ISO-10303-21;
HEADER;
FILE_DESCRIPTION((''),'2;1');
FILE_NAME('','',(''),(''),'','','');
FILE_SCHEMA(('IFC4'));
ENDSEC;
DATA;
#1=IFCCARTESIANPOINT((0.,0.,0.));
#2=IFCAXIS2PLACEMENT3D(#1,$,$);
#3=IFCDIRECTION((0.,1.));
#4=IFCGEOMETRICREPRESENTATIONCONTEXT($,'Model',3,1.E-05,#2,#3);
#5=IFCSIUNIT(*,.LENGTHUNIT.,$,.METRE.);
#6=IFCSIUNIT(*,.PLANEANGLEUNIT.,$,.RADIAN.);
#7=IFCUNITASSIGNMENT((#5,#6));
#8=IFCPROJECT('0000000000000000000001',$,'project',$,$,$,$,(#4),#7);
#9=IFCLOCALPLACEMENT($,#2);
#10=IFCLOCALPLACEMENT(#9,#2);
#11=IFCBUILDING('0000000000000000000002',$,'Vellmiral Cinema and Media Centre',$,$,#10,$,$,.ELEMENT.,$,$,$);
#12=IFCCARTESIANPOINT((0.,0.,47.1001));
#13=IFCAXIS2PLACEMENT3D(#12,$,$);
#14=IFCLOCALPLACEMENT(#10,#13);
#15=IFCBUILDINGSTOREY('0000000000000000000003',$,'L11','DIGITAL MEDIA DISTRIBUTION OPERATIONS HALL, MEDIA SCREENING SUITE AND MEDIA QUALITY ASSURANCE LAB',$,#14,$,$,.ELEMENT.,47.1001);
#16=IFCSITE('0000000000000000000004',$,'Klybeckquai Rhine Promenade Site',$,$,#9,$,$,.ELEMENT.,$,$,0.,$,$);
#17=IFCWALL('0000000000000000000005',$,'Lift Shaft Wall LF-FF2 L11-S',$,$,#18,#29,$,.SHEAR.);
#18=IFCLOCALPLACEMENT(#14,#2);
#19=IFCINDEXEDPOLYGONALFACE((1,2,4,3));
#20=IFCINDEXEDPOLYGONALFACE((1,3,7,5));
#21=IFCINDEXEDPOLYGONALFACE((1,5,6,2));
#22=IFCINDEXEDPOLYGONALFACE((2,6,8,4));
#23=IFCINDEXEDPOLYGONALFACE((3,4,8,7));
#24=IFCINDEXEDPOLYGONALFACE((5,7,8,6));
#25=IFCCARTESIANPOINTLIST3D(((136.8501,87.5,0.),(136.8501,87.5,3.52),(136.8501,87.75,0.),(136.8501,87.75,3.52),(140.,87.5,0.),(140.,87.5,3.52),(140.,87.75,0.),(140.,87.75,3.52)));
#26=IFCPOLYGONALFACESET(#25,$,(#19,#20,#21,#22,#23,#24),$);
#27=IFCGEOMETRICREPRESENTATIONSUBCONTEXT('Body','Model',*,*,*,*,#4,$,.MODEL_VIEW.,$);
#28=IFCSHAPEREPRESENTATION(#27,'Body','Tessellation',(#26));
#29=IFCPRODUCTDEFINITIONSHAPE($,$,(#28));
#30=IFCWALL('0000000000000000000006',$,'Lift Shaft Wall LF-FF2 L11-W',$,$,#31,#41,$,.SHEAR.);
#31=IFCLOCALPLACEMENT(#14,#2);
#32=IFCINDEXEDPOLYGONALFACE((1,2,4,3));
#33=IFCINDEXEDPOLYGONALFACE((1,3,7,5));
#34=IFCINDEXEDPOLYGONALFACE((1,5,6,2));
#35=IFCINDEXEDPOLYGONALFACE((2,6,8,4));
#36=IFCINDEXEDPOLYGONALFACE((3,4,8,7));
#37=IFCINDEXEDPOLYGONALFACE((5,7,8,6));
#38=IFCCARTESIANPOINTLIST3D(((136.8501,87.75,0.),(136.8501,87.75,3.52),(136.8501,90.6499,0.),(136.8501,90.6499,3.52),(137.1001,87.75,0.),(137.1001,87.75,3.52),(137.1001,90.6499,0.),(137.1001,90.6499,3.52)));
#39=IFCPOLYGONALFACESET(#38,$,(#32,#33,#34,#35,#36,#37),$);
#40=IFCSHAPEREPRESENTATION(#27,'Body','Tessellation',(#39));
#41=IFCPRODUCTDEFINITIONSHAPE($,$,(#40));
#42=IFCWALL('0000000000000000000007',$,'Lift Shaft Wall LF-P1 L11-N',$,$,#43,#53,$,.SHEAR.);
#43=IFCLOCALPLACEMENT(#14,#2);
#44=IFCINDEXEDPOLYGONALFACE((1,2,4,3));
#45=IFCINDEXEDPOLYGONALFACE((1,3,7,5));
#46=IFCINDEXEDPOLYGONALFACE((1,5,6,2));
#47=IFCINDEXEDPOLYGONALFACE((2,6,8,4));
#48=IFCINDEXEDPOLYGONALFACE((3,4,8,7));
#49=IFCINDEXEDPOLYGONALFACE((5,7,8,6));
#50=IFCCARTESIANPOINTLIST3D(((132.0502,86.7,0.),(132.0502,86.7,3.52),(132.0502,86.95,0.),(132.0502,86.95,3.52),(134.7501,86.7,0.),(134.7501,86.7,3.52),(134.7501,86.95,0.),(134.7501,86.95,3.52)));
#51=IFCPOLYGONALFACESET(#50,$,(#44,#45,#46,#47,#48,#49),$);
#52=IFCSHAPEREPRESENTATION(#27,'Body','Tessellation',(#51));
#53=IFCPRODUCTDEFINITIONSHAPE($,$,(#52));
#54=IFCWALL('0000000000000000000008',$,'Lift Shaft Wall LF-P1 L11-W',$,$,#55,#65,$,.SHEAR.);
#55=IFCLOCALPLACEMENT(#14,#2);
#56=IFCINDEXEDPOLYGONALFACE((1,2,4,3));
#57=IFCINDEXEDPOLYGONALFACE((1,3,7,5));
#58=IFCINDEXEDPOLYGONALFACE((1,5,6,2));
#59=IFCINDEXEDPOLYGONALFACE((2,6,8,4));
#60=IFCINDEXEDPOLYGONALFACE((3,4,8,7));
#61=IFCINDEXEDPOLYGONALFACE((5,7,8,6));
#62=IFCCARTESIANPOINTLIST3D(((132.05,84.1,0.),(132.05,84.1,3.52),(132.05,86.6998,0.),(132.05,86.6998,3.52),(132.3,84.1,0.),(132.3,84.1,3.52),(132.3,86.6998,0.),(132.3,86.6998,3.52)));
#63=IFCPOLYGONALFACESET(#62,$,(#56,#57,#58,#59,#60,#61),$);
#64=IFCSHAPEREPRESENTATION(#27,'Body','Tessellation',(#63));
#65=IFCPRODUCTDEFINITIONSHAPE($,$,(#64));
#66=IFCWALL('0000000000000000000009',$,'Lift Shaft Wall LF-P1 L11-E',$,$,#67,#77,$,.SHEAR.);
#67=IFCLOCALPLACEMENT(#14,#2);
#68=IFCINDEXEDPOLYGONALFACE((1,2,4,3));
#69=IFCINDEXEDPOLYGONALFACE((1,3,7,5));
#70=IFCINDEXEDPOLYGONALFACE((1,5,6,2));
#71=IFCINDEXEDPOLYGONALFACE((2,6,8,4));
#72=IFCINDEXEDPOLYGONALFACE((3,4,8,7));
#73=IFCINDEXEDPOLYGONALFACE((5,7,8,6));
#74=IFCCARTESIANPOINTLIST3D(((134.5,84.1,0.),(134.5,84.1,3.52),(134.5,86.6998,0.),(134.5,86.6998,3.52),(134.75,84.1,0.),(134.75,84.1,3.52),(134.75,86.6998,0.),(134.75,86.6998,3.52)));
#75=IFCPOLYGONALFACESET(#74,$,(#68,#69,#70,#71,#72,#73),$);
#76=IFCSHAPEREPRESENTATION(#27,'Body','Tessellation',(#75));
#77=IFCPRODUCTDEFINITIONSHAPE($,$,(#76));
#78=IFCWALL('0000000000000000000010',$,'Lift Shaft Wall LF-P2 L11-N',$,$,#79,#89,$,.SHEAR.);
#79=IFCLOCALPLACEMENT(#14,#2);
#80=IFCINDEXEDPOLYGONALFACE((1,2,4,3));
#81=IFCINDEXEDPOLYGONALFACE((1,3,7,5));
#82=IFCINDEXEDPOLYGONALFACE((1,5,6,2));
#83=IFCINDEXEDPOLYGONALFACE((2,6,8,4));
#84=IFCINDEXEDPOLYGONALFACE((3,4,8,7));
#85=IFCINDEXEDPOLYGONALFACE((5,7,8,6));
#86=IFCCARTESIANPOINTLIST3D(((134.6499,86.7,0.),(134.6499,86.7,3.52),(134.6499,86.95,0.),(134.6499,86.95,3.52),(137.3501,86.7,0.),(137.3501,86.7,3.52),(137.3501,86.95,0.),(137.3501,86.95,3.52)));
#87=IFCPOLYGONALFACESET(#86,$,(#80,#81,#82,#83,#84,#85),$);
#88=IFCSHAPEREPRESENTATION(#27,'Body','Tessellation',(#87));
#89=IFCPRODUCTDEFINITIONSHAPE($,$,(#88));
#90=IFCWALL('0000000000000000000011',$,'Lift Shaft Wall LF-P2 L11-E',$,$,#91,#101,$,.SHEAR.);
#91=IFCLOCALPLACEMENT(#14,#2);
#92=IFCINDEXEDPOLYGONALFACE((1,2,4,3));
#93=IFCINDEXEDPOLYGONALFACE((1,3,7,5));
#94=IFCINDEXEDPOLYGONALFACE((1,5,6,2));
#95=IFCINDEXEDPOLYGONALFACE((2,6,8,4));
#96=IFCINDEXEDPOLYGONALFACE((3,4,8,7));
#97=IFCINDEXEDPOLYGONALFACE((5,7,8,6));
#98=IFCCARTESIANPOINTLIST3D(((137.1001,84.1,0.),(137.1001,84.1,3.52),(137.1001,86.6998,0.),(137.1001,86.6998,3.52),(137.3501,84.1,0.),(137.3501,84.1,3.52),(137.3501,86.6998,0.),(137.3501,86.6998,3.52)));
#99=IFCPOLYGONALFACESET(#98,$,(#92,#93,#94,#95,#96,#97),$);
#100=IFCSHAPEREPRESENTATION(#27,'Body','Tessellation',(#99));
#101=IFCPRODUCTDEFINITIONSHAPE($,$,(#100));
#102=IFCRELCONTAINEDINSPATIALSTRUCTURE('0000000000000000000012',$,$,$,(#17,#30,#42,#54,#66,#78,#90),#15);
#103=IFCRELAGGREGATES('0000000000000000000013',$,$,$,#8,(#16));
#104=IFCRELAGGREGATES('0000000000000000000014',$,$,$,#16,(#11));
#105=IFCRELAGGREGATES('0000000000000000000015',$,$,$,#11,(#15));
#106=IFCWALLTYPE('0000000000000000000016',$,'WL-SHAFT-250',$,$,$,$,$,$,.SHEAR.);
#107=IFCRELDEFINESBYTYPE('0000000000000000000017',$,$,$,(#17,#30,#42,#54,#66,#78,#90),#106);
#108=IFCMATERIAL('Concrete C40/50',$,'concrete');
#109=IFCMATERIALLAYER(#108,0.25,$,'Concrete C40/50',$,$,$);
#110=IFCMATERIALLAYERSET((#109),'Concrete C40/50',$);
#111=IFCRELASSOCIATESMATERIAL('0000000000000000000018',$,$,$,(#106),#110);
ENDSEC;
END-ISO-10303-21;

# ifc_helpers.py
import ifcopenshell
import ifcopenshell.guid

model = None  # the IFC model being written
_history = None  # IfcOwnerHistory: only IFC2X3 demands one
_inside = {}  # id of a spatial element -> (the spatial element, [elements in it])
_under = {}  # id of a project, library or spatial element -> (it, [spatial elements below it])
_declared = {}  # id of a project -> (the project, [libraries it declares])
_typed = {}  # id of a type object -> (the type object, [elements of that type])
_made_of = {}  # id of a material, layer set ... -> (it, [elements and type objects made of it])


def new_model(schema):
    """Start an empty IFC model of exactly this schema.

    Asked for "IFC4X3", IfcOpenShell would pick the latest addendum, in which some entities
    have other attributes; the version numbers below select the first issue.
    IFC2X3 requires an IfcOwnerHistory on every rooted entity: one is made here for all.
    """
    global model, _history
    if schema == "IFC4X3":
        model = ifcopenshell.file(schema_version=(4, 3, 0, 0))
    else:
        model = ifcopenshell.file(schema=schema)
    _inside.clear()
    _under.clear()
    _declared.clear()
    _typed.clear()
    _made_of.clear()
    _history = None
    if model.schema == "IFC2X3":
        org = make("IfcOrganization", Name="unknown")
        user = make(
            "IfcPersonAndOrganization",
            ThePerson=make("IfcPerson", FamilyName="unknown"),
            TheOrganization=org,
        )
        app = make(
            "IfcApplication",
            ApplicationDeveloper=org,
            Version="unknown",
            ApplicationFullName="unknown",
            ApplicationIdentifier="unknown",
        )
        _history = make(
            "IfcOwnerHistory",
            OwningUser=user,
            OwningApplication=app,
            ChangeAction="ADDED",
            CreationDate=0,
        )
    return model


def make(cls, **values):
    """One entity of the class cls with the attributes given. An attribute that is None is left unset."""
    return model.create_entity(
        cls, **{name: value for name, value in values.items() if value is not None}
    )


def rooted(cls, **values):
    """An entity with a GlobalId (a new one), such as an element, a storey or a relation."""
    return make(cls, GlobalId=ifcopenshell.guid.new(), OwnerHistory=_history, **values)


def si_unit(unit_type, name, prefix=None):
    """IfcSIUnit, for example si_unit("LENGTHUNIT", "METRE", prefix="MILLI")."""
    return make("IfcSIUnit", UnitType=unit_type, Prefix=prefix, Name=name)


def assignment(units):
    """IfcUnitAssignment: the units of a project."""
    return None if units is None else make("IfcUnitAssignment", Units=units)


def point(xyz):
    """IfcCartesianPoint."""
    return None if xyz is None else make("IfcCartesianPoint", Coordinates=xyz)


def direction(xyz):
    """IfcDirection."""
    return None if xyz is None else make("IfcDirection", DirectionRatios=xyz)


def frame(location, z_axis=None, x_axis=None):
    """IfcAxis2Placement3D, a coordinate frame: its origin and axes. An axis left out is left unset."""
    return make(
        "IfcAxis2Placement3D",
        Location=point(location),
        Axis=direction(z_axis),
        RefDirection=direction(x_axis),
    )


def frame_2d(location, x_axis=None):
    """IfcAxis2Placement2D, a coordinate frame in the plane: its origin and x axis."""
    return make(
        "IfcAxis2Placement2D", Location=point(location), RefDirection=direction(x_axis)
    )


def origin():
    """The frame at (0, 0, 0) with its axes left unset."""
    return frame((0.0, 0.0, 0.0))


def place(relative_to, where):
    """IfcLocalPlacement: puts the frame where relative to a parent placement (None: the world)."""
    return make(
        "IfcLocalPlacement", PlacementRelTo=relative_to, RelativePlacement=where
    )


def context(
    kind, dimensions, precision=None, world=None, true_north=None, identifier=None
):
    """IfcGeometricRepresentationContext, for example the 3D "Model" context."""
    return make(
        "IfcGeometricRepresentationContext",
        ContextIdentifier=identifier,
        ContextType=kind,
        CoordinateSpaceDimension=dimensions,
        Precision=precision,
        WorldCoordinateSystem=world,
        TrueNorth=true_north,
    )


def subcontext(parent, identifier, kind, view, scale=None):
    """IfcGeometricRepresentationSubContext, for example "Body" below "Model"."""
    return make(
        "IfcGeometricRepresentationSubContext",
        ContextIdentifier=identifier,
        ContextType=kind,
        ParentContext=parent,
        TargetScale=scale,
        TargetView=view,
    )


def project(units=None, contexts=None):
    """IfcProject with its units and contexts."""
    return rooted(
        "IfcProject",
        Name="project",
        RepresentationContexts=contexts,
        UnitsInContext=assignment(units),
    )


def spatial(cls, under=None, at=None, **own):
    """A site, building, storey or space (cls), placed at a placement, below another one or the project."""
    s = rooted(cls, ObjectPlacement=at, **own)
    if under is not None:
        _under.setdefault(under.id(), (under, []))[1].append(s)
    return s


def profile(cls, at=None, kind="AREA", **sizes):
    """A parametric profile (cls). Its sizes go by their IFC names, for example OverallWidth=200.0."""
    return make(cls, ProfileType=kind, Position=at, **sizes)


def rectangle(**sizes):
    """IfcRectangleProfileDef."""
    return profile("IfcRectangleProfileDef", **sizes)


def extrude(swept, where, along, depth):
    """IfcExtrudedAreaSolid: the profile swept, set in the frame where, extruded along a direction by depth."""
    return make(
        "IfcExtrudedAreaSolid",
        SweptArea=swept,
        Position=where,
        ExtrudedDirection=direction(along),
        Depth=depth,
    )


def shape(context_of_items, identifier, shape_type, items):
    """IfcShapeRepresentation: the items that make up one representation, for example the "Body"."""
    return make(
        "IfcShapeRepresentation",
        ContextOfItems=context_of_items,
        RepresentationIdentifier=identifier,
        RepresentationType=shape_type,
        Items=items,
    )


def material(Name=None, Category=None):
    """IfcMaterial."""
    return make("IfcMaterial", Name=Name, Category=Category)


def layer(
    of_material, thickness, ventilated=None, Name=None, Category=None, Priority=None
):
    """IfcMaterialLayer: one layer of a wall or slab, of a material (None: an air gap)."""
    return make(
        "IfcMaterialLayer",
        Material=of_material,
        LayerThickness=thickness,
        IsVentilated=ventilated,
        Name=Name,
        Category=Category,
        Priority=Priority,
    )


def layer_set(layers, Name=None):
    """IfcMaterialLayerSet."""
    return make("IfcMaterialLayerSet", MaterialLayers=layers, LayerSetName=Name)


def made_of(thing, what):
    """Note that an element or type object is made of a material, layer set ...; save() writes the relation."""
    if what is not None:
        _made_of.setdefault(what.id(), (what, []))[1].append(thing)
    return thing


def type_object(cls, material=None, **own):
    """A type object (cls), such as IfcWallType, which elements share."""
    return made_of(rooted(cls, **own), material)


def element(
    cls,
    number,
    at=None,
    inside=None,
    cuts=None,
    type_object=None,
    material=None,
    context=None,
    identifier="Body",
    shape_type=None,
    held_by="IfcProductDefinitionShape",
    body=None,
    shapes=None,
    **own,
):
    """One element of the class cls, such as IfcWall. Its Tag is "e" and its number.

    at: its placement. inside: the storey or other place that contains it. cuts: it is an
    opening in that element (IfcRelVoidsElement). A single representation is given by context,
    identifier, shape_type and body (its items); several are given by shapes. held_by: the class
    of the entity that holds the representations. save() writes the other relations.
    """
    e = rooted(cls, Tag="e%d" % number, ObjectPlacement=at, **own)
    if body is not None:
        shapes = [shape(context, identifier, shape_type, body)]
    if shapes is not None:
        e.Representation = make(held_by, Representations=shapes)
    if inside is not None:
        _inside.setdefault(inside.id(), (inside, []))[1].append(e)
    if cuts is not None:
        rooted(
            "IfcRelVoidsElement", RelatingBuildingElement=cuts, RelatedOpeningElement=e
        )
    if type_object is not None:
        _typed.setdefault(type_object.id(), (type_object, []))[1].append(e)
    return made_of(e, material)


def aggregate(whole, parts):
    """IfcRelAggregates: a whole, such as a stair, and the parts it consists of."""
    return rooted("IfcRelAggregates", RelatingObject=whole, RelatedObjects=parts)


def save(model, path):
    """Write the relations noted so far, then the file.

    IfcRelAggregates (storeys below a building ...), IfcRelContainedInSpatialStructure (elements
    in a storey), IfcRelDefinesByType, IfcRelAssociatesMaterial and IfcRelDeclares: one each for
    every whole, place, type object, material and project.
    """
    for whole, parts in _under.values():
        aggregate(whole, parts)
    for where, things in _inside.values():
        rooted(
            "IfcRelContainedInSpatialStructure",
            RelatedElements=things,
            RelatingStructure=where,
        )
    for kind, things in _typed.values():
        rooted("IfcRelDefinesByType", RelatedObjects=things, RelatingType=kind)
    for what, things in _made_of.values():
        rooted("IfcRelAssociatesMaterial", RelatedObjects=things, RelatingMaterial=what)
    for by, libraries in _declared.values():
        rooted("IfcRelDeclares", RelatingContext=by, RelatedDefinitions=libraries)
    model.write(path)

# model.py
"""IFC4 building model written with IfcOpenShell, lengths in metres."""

from ifc_helpers import new_model, si_unit, direction, frame, frame_2d, origin, place, context, subcontext, project, spatial, rectangle, extrude, material, layer, layer_set, type_object, element, save


model = new_model("IFC4")

# Units and contexts
model_context = context("Model", 3, precision=1e-05, world=origin(), true_north=direction((0.0, 1.0)))
body_context = subcontext(model_context, "Body", "Model", "MODEL_VIEW")
ifc_project = project(units=[si_unit("LENGTHUNIT", "METRE"), si_unit("PLANEANGLEUNIT", "RADIAN")], contexts=[model_context])

# Site, building, storey
site_placement = place(None, origin())
site = spatial("IfcSite", under=ifc_project, at=site_placement, Name="Klybeckquai Rhine Promenade Site", CompositionType="ELEMENT", RefElevation=0.0)
building_placement = place(site_placement, origin())
building = spatial("IfcBuilding", under=site, at=building_placement, Name="Vellmiral Cinema and Media Centre", CompositionType="ELEMENT")
storey_placement = place(building_placement, frame((0.0, 0.0, 47.1001)))
storey = spatial("IfcBuildingStorey", under=building, at=storey_placement, Name="L11", Description="DIGITAL MEDIA DISTRIBUTION OPERATIONS HALL, MEDIA SCREENING SUITE AND MEDIA QUALITY ASSURANCE LAB", CompositionType="ELEMENT", Elevation=47.1001)

# Walls
ifc_material_1 = material(Name="Concrete C40/50", Category="concrete")
ifc_layer_1 = layer(ifc_material_1, 0.25, Name="Concrete C40/50")
ifc_layer_set_1 = layer_set([ifc_layer_1], Name="Concrete C40/50")
wall_type_1 = type_object("IfcWallType", Name="WL-SHAFT-250", PredefinedType="SHEAR", material=ifc_layer_set_1)
wall_1_placement = place(storey_placement, frame((136.8501, 87.625, 0.0), z_axis=(0.0, 0.0, 1.0), x_axis=(1.0, 0.0, 0.0)))
element("IfcWall", 1, at=wall_1_placement, inside=storey, type_object=wall_type_1, Name="Lift Shaft Wall LF-FF2 L11-S", PredefinedType="SHEAR", context=body_context, shape_type="SweptSolid", body=[
    extrude(rectangle(XDim=3.1499, YDim=0.25, at=frame_2d((1.575, 0.0))), origin(), (0.0, 0.0, 1.0), 3.52),
])
wall_2_placement = place(storey_placement, frame((136.9751, 87.75, 0.0), z_axis=(0.0, 0.0, 1.0), x_axis=(0.0, 1.0, 0.0)))
element("IfcWall", 2, at=wall_2_placement, inside=storey, type_object=wall_type_1, Name="Lift Shaft Wall LF-FF2 L11-W", PredefinedType="SHEAR", context=body_context, shape_type="SweptSolid", body=[
    extrude(rectangle(XDim=2.8999, YDim=0.25, at=frame_2d((1.45, 0.0))), origin(), (0.0, 0.0, 1.0), 3.52),
])

# Walls
wall_3_placement = place(storey_placement, frame((132.05, 86.825, 0.0), z_axis=(0.0, 0.0, 1.0), x_axis=(1.0, 0.0, 0.0)))
element("IfcWall", 3, at=wall_3_placement, inside=storey, type_object=wall_type_1, Name="Lift Shaft Wall LF-P1 L11-N", PredefinedType="SHEAR", context=body_context, shape_type="SweptSolid", body=[
    extrude(rectangle(XDim=2.7, YDim=0.25, at=frame_2d((1.3501, 0.0))), origin(), (0.0, 0.0, 1.0), 3.52),
])
for number, where, z_axis, x_axis, name in (
    (4, (132.175, 84.1001, 0.0), (0.0, 0.0, 1.0), (0.0, 1.0, 0.0), "Lift Shaft Wall LF-P1 L11-W"),
    (5, (134.625, 84.1001, 0.0), (0.0, 0.0, 1.0), (0.0, 1.0, 0.0), "Lift Shaft Wall LF-P1 L11-E"),
):
    element("IfcWall", number, at=place(storey_placement, frame(where, z_axis=z_axis, x_axis=x_axis)), inside=storey, type_object=wall_type_1, Name=name, PredefinedType="SHEAR", context=body_context, shape_type="SweptSolid", body=[
        extrude(rectangle(XDim=2.5999, YDim=0.25, at=frame_2d((1.2998, 0.0))), origin(), (0.0, 0.0, 1.0), 3.52),
    ])

# Walls
wall_4_placement = place(storey_placement, frame((134.6499, 86.825, 0.0), z_axis=(0.0, 0.0, 1.0), x_axis=(1.0, 0.0, 0.0)))
element("IfcWall", 6, at=wall_4_placement, inside=storey, type_object=wall_type_1, Name="Lift Shaft Wall LF-P2 L11-N", PredefinedType="SHEAR", context=body_context, shape_type="SweptSolid", body=[
    extrude(rectangle(XDim=2.7002, YDim=0.25, at=frame_2d((1.3501, 0.0))), origin(), (0.0, 0.0, 1.0), 3.52),
])
wall_5_placement = place(storey_placement, frame((137.2251, 84.1001, 0.0), z_axis=(0.0, 0.0, 1.0), x_axis=(0.0, 1.0, 0.0)))
element("IfcWall", 7, at=wall_5_placement, inside=storey, type_object=wall_type_1, Name="Lift Shaft Wall LF-P2 L11-E", PredefinedType="SHEAR", context=body_context, shape_type="SweptSolid", body=[
    extrude(rectangle(XDim=2.5999, YDim=0.25, at=frame_2d((1.2998, 0.0))), origin(), (0.0, 0.0, 1.0), 3.52),
])

save(model, "model.ifc")
